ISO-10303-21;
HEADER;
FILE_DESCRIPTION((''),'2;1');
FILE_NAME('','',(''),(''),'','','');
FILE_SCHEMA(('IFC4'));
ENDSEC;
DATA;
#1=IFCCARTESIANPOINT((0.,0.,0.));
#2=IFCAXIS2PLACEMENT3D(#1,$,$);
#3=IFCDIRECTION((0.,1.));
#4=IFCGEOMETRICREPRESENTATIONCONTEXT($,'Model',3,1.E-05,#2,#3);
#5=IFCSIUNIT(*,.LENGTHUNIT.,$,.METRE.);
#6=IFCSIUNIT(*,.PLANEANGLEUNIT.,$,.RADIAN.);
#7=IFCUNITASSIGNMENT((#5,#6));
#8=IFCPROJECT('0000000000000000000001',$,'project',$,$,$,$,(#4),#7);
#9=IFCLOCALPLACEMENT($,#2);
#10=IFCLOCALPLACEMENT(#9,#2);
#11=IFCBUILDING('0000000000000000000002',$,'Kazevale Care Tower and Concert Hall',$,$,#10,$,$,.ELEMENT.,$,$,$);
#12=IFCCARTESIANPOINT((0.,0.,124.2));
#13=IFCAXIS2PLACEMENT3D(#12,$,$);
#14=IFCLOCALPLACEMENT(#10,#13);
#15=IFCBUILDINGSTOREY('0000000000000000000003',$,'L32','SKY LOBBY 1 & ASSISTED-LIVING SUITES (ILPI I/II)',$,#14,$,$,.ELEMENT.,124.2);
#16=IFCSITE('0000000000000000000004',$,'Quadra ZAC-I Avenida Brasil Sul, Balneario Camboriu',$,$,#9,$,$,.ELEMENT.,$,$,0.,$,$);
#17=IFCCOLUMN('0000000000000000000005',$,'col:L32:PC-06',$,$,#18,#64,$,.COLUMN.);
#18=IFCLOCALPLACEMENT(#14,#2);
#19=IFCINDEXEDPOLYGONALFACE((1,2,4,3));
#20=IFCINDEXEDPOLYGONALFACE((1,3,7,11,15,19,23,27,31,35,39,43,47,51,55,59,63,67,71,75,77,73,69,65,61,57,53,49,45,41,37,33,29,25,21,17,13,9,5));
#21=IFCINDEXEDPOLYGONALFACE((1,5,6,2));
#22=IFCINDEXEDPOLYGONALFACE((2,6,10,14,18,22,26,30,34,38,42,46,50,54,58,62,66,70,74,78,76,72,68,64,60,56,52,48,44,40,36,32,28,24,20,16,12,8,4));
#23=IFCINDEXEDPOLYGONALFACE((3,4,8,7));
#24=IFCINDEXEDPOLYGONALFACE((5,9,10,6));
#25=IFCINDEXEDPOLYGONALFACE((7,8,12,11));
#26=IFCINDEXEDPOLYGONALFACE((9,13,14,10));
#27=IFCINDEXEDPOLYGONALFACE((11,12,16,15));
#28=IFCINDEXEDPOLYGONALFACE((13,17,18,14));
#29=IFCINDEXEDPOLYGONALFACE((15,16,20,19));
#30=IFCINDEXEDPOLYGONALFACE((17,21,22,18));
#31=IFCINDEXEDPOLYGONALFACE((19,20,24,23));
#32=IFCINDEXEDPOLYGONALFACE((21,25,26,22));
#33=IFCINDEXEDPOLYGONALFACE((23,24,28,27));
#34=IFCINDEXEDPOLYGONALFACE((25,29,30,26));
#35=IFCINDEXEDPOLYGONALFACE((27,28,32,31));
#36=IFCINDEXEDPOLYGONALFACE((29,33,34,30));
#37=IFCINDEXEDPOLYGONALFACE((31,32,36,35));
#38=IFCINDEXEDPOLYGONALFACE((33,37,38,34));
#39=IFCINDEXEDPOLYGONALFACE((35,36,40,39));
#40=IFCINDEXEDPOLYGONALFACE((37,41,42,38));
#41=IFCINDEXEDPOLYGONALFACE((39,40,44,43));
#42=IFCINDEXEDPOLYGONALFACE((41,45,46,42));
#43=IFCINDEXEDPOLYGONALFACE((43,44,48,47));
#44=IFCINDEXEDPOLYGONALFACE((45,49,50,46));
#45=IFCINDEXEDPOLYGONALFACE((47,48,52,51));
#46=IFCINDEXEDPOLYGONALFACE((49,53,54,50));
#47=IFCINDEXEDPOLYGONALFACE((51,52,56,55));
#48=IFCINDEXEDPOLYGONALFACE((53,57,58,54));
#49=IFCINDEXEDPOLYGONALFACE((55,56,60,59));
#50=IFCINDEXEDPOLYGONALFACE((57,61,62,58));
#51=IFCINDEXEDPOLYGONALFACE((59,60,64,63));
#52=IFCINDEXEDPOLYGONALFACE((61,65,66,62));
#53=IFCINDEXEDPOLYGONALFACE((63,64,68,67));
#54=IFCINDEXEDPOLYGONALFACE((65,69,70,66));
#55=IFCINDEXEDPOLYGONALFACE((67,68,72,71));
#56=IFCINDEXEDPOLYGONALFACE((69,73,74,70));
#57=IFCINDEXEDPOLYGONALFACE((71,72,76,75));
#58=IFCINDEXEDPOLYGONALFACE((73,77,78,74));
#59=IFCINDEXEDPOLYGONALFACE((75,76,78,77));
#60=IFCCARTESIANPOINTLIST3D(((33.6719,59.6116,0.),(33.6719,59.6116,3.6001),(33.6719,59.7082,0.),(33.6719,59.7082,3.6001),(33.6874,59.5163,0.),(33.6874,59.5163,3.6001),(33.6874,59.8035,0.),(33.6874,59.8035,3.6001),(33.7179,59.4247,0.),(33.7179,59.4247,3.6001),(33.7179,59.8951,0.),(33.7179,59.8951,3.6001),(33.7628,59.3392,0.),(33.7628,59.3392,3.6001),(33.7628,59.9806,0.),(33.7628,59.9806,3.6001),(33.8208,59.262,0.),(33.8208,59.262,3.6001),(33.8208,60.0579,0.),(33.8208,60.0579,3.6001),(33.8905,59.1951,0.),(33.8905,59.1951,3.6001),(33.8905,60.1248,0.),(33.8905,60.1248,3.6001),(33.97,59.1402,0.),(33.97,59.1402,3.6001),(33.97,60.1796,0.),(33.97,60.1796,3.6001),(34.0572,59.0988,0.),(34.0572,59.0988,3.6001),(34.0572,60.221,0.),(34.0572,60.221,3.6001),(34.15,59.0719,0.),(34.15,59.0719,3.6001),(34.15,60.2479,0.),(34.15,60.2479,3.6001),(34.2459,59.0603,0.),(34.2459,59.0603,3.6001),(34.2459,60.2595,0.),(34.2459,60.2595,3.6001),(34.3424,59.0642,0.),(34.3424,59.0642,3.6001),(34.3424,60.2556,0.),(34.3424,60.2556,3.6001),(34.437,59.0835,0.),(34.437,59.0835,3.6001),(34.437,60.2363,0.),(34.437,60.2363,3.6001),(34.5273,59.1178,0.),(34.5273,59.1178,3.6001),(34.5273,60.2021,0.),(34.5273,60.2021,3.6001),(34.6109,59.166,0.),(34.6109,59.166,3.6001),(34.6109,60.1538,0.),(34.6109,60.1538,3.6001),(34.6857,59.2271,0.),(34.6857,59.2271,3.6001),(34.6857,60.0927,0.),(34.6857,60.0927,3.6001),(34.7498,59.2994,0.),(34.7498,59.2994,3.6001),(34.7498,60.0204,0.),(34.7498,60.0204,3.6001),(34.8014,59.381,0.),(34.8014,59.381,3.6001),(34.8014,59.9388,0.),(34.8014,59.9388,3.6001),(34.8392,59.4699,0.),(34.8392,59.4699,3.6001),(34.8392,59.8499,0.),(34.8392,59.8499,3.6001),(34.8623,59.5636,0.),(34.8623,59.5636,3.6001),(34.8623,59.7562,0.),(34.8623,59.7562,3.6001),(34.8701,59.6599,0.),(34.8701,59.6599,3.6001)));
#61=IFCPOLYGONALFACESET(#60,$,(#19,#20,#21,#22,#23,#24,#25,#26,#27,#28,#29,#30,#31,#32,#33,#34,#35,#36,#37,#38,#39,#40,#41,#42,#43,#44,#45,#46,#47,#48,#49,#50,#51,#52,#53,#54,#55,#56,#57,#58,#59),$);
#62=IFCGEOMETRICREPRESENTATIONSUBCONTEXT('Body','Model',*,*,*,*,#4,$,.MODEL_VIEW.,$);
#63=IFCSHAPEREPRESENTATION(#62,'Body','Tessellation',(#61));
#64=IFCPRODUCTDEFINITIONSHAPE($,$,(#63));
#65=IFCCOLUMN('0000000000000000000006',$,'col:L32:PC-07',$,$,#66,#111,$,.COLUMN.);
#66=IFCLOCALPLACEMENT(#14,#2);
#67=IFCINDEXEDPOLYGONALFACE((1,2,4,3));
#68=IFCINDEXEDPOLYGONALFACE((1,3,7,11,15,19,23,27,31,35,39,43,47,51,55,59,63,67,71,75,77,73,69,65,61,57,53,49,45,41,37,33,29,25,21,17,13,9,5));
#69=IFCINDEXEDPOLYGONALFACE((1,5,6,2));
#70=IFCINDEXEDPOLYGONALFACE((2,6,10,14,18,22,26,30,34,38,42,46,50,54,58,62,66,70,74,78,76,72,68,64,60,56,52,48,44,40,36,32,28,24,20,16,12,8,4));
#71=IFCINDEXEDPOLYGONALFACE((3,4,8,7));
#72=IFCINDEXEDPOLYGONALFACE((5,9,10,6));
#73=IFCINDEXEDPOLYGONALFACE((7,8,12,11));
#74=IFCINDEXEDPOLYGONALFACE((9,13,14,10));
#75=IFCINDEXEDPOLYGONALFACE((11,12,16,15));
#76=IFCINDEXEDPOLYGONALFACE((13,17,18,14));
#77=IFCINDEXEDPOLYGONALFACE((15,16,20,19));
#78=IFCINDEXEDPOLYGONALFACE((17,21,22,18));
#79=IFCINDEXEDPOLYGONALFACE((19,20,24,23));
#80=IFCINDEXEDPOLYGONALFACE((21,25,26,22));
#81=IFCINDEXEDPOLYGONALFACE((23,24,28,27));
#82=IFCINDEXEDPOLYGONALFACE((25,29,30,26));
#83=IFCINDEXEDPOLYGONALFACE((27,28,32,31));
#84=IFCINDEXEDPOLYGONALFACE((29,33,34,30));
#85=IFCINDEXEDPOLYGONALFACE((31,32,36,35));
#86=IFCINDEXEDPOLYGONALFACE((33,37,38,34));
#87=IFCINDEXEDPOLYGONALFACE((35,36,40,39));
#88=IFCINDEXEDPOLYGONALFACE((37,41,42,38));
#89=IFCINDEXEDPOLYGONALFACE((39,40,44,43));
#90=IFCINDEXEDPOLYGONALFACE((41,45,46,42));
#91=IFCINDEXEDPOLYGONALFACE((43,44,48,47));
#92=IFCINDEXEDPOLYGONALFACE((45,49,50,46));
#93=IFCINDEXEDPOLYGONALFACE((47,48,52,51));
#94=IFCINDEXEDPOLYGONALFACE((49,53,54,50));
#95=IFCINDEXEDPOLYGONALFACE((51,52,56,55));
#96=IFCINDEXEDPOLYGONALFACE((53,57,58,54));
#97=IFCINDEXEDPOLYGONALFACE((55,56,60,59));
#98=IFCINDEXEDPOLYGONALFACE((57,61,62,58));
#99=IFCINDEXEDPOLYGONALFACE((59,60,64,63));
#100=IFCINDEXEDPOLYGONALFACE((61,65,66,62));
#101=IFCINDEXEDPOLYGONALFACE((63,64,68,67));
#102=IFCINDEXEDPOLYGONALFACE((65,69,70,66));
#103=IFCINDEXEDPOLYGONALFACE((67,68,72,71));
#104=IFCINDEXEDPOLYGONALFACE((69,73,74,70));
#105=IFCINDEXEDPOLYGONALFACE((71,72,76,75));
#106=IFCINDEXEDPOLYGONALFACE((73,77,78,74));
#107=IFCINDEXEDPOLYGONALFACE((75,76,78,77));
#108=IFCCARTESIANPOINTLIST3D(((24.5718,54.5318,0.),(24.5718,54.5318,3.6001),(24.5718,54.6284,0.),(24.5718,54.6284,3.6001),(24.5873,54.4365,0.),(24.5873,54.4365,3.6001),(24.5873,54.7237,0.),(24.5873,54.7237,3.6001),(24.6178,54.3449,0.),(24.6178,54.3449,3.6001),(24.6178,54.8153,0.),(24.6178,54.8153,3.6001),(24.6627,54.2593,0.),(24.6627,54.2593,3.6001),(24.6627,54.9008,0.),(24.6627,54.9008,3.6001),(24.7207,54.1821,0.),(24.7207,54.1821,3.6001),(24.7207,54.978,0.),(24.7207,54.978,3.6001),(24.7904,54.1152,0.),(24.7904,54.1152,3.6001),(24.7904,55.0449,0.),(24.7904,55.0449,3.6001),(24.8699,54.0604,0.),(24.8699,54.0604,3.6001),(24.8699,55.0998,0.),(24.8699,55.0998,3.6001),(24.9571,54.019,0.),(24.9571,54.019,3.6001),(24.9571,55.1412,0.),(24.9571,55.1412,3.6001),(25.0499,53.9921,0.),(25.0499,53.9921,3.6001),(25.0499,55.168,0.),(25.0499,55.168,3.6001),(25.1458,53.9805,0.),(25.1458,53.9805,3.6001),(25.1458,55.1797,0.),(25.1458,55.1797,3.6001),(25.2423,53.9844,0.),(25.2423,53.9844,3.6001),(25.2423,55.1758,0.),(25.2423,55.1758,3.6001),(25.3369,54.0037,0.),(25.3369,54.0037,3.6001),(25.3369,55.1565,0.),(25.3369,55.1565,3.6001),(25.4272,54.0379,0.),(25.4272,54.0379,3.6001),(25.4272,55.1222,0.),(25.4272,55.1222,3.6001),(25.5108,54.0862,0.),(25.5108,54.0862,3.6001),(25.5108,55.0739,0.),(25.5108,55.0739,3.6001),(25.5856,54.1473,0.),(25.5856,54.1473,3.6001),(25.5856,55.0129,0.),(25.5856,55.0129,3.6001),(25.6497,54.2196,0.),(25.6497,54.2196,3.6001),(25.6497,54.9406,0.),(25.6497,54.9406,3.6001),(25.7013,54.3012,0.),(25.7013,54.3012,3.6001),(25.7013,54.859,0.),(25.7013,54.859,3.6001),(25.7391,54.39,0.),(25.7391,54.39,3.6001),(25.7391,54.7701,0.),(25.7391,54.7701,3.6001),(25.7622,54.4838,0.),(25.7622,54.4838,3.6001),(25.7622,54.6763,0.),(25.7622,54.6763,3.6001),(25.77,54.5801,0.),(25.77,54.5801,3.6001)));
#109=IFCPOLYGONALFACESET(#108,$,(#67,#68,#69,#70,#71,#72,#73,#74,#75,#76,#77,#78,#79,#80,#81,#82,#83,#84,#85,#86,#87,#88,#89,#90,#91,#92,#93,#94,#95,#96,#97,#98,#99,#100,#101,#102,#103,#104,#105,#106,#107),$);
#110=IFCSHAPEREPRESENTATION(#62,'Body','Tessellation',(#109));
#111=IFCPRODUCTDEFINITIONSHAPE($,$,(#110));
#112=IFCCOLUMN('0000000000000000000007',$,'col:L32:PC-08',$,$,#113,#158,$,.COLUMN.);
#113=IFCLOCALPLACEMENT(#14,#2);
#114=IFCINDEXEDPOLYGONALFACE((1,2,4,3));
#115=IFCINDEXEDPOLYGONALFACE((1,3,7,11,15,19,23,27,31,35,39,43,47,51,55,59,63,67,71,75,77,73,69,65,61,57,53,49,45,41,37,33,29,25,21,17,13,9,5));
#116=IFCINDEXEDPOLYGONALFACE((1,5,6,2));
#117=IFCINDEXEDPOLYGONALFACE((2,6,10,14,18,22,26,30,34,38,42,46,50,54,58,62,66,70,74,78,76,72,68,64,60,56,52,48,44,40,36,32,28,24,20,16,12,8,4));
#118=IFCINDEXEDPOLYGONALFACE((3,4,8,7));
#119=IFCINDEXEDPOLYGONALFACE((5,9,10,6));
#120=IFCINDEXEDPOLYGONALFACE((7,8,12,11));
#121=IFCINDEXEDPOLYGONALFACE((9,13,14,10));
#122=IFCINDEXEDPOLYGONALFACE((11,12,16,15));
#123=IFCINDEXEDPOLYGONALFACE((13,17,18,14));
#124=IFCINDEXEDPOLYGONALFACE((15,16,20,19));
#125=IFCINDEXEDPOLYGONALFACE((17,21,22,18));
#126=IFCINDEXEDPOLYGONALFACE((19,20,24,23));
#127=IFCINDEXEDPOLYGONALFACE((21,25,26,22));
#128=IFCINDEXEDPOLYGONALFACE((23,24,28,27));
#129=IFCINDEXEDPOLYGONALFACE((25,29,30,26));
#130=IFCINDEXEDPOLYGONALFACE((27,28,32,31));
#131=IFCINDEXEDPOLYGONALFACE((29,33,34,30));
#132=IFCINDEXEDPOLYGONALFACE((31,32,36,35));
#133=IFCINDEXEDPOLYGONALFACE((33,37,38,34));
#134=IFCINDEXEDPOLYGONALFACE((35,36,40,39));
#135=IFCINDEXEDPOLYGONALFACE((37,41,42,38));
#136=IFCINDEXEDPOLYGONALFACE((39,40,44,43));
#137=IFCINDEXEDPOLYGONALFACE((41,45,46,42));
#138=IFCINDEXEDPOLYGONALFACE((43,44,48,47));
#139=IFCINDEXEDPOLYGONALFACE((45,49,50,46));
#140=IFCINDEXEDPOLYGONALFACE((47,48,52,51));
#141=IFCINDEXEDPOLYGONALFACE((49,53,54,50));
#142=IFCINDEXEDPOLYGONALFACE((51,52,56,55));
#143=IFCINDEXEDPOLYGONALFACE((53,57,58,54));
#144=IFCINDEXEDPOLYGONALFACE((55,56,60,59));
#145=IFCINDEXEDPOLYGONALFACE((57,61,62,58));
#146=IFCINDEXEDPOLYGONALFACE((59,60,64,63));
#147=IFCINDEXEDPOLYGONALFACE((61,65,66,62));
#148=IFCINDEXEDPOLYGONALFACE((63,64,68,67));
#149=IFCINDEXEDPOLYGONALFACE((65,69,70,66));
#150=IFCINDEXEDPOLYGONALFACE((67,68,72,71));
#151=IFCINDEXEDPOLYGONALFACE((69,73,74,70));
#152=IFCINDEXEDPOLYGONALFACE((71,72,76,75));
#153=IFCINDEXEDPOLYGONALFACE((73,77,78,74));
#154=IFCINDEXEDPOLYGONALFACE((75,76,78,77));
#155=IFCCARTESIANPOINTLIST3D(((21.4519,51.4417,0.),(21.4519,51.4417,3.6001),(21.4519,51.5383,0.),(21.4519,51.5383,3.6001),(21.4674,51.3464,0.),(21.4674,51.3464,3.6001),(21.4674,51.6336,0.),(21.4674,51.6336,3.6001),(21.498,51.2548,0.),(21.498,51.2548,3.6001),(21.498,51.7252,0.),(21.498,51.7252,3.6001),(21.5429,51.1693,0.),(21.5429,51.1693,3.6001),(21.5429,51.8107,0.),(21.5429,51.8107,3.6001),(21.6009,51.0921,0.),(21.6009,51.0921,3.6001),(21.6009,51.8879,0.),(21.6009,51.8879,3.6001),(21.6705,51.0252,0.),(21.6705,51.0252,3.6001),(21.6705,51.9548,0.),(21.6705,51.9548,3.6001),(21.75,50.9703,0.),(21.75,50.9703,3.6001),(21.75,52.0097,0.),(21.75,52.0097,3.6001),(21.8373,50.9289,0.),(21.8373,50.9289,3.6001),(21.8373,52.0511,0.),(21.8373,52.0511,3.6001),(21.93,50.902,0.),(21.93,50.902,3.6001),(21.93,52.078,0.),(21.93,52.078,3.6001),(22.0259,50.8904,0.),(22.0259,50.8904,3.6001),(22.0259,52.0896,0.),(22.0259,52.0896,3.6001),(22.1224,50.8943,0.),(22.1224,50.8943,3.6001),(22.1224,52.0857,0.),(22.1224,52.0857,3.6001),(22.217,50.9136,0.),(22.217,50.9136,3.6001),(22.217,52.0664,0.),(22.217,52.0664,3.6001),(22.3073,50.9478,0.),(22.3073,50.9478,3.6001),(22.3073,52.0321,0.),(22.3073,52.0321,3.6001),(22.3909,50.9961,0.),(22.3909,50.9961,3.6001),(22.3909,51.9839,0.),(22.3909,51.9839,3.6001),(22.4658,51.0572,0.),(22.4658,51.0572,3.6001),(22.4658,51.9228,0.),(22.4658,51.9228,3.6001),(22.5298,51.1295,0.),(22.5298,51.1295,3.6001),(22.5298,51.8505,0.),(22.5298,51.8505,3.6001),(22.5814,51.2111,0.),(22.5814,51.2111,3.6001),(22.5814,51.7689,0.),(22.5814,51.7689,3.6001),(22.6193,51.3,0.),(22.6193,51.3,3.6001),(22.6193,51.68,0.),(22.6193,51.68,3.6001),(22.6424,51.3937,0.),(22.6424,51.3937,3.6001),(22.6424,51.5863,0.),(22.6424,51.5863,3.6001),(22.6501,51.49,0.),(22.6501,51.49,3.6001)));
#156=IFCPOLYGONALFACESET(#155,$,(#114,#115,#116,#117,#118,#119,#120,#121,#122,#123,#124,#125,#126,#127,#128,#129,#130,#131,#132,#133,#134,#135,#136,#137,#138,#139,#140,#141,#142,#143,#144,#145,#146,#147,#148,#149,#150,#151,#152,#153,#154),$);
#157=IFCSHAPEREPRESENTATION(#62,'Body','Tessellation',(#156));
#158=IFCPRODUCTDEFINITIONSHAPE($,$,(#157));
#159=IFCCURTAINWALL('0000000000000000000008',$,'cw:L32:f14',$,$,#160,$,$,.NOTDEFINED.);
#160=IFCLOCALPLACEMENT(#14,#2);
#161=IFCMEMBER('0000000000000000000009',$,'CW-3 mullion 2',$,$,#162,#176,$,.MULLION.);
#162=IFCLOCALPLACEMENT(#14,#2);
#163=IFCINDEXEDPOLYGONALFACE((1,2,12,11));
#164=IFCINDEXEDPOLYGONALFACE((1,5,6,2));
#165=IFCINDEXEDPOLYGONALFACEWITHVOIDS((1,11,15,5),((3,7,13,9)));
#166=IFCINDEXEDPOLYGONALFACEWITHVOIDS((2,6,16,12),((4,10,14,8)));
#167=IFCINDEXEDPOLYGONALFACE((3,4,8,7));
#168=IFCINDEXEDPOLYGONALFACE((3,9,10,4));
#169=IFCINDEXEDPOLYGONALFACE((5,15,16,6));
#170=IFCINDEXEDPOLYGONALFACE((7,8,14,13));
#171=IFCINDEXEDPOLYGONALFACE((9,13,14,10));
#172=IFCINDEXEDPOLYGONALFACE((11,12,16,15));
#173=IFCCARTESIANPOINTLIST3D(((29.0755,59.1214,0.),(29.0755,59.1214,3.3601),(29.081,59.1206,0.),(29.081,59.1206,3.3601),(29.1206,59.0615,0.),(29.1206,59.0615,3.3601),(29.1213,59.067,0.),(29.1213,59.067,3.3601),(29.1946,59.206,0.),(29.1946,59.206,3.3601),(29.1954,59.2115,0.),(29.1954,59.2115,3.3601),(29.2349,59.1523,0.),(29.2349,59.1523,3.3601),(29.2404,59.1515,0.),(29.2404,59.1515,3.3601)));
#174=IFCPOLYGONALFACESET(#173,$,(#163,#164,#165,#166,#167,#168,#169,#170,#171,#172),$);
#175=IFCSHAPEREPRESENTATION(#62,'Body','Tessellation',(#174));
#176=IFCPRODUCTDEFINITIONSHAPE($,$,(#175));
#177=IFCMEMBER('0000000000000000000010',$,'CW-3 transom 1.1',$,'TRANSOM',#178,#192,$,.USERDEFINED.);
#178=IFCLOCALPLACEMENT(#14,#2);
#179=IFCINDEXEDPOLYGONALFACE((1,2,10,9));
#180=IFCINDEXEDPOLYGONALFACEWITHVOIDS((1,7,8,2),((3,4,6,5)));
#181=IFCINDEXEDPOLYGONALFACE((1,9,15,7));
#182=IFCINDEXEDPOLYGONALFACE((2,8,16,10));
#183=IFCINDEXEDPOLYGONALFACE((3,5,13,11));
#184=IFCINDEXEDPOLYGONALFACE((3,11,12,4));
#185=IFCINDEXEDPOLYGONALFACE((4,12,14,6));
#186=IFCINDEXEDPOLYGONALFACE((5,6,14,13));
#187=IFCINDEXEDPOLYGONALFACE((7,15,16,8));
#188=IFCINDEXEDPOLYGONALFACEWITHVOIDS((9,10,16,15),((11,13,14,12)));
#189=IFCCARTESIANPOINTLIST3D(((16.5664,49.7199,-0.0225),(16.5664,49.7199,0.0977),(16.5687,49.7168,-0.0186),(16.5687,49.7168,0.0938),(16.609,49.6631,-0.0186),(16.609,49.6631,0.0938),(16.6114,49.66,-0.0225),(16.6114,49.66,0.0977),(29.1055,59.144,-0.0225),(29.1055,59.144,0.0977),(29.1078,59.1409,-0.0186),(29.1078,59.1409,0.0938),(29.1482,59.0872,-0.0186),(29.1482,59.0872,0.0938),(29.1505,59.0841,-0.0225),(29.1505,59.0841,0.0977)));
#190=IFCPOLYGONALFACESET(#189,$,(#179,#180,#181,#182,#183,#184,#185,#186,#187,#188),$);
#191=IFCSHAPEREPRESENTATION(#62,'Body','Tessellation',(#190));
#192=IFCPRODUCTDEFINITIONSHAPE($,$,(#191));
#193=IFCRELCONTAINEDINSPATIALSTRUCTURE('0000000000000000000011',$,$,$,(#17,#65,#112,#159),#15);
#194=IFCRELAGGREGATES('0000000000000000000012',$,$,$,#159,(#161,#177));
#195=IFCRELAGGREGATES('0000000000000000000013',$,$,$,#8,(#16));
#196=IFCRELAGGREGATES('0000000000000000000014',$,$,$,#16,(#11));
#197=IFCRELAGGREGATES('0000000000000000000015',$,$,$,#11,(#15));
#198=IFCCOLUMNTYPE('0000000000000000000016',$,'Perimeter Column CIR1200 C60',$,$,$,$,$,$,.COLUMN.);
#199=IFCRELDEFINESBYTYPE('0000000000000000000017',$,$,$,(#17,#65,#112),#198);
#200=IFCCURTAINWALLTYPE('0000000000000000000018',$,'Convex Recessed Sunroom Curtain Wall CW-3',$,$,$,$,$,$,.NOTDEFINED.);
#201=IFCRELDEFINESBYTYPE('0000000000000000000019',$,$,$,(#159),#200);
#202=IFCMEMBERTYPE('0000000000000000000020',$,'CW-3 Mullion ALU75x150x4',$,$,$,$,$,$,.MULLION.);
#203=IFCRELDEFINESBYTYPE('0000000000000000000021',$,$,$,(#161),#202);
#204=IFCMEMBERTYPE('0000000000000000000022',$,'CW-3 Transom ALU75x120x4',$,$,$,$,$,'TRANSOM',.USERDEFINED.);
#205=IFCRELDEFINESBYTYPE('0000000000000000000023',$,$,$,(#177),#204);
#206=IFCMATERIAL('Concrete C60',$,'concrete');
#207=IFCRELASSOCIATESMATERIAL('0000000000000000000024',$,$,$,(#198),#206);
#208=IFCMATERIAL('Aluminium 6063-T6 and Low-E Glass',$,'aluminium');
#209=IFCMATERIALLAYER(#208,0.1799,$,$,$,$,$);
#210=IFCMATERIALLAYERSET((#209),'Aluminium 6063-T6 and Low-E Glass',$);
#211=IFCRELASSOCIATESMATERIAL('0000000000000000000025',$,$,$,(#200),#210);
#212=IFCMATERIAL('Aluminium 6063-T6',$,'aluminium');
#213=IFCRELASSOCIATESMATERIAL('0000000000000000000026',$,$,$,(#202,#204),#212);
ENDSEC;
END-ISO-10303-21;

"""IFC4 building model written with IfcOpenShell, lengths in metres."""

from ifc_helpers import new_model, si_unit, direction, frame, origin, origin_2d, place, context, subcontext, project, spatial, hollow_rectangle, circle, extrude, material, layer, layer_set, material_profile, profile_set, type_object, element, aggregate, save


model = new_model("IFC4")

# Units and contexts
model_context = context("Model", 3, precision=1e-05, world=origin(), true_north=direction((0.0, 1.0)))
body_context = subcontext(model_context, "Body", "Model", "MODEL_VIEW")
ifc_project = project(units=[si_unit("LENGTHUNIT", "METRE"), si_unit("PLANEANGLEUNIT", "RADIAN")], contexts=[model_context])

# Site, building, storey
site_placement = place(None, origin())
site = spatial("IfcSite", under=ifc_project, at=site_placement, Name="Quadra ZAC-I Avenida Brasil Sul, Balneario Camboriu", CompositionType="ELEMENT", RefElevation=0.0)
building_placement = place(site_placement, origin())
building = spatial("IfcBuilding", under=site, at=building_placement, Name="Kazevale Care Tower and Concert Hall", CompositionType="ELEMENT")
storey_placement = place(building_placement, frame((0.0, 0.0, 124.2)))
storey = spatial("IfcBuildingStorey", under=building, at=storey_placement, Name="L32", Description="SKY LOBBY 1 & ASSISTED-LIVING SUITES (ILPI I/II)", CompositionType="ELEMENT", Elevation=124.2)

# Columns
ifc_material_1 = material(Name="Concrete C60", Category="concrete")
ifc_material_profile_1 = material_profile(ifc_material_1, circle(Radius=0.6001, at=origin_2d()), Name="RC-CIR1200")
ifc_profile_set_1 = profile_set([ifc_material_profile_1], Name="Concrete C60")
column_type = type_object("IfcColumnType", Name="Perimeter Column CIR1200 C60", PredefinedType="COLUMN", material=ifc_profile_set_1)
for number, where, z_axis, x_axis, name in (
    (1, (34.27, 59.6599, 0.0), (0.0, 0.0, 1.0), (1.0, 0.0, 0.0), "col:L32:PC-06"),
    (2, (25.1699, 54.5801, 0.0), (0.0, 0.0, 1.0), (1.0, 0.0, 0.0), "col:L32:PC-07"),
    (3, (22.05, 51.49, 0.0), (0.0, 0.0, 1.0), (1.0, 0.0, 0.0), "col:L32:PC-08"),
):
    element("IfcColumn", number, at=place(storey_placement, frame(where, z_axis=z_axis, x_axis=x_axis)), inside=storey, type_object=column_type, Name=name, PredefinedType="COLUMN", context=body_context, shape_type="SweptSolid", body=[
        extrude(circle(Radius=0.6001, at=origin_2d()), origin(), (0.0, 0.0, 1.0), 3.6001),
    ])

# Curtain wall, members
ifc_material_2 = material(Name="Aluminium 6063-T6 and Low-E Glass", Category="aluminium")
ifc_layer_1 = layer(ifc_material_2, 0.1799)
ifc_layer_set_1 = layer_set([ifc_layer_1], Name="Aluminium 6063-T6 and Low-E Glass")
curtain_wall_type = type_object("IfcCurtainWallType", Name="Convex Recessed Sunroom Curtain Wall CW-3", PredefinedType="NOTDEFINED", material=ifc_layer_set_1)
curtain_wall_placement = place(storey_placement, origin())
curtain_wall = element("IfcCurtainWall", 4, at=curtain_wall_placement, inside=storey, type_object=curtain_wall_type, Name="cw:L32:f14", PredefinedType="NOTDEFINED")
ifc_material_3 = material(Name="Aluminium 6063-T6", Category="aluminium")
ifc_material_profile_2 = material_profile(ifc_material_3, hollow_rectangle(XDim=0.075, YDim=0.1499, WallThickness=0.0039, at=origin_2d()), Name="ALU75x150x4")
ifc_profile_set_2 = profile_set([ifc_material_profile_2], Name="Aluminium 6063-T6")
member_type_1 = type_object("IfcMemberType", Name="CW-3 Mullion ALU75x150x4", PredefinedType="MULLION", material=ifc_profile_set_2)
member_1_placement = place(storey_placement, frame((29.158, 59.1365, 0.0), z_axis=(0.0, 0.0, 1.0), x_axis=(-0.600798, 0.799401, 0.0)))
member_1 = element("IfcMember", 5, at=member_1_placement, type_object=member_type_1, Name="CW-3 mullion 2", PredefinedType="MULLION", context=body_context, shape_type="SweptSolid", body=[
    extrude(hollow_rectangle(XDim=0.075, YDim=0.1499, WallThickness=0.0039, at=origin_2d()), origin(), (0.0, 0.0, 1.0), 3.3601),
])
ifc_material_profile_3 = material_profile(ifc_material_3, hollow_rectangle(XDim=0.075, YDim=0.1201, WallThickness=0.0039, at=origin_2d()), Name="ALU75x120x4")
ifc_profile_set_3 = profile_set([ifc_material_profile_3], Name="Aluminium 6063-T6")
member_type_2 = type_object("IfcMemberType", Name="CW-3 Transom ALU75x120x4", ElementType="TRANSOM", PredefinedType="USERDEFINED", material=ifc_profile_set_3)
member_2_placement = place(storey_placement, frame((16.5889, 49.6899, 0.0376), z_axis=(0.799394, 0.600807, 0.0), x_axis=(-0.600807, 0.799394, 0.0)))
member_2 = element("IfcMember", 6, at=member_2_placement, type_object=member_type_2, Name="CW-3 transom 1.1", ObjectType="TRANSOM", PredefinedType="USERDEFINED", context=body_context, shape_type="SweptSolid", body=[
    extrude(hollow_rectangle(XDim=0.075, YDim=0.1201, WallThickness=0.0039, at=origin_2d()), origin(), (0.0, 0.0, 1.0), 15.6858),
])

aggregate(curtain_wall, [member_1, member_2])

save(model, "model.ifc")
